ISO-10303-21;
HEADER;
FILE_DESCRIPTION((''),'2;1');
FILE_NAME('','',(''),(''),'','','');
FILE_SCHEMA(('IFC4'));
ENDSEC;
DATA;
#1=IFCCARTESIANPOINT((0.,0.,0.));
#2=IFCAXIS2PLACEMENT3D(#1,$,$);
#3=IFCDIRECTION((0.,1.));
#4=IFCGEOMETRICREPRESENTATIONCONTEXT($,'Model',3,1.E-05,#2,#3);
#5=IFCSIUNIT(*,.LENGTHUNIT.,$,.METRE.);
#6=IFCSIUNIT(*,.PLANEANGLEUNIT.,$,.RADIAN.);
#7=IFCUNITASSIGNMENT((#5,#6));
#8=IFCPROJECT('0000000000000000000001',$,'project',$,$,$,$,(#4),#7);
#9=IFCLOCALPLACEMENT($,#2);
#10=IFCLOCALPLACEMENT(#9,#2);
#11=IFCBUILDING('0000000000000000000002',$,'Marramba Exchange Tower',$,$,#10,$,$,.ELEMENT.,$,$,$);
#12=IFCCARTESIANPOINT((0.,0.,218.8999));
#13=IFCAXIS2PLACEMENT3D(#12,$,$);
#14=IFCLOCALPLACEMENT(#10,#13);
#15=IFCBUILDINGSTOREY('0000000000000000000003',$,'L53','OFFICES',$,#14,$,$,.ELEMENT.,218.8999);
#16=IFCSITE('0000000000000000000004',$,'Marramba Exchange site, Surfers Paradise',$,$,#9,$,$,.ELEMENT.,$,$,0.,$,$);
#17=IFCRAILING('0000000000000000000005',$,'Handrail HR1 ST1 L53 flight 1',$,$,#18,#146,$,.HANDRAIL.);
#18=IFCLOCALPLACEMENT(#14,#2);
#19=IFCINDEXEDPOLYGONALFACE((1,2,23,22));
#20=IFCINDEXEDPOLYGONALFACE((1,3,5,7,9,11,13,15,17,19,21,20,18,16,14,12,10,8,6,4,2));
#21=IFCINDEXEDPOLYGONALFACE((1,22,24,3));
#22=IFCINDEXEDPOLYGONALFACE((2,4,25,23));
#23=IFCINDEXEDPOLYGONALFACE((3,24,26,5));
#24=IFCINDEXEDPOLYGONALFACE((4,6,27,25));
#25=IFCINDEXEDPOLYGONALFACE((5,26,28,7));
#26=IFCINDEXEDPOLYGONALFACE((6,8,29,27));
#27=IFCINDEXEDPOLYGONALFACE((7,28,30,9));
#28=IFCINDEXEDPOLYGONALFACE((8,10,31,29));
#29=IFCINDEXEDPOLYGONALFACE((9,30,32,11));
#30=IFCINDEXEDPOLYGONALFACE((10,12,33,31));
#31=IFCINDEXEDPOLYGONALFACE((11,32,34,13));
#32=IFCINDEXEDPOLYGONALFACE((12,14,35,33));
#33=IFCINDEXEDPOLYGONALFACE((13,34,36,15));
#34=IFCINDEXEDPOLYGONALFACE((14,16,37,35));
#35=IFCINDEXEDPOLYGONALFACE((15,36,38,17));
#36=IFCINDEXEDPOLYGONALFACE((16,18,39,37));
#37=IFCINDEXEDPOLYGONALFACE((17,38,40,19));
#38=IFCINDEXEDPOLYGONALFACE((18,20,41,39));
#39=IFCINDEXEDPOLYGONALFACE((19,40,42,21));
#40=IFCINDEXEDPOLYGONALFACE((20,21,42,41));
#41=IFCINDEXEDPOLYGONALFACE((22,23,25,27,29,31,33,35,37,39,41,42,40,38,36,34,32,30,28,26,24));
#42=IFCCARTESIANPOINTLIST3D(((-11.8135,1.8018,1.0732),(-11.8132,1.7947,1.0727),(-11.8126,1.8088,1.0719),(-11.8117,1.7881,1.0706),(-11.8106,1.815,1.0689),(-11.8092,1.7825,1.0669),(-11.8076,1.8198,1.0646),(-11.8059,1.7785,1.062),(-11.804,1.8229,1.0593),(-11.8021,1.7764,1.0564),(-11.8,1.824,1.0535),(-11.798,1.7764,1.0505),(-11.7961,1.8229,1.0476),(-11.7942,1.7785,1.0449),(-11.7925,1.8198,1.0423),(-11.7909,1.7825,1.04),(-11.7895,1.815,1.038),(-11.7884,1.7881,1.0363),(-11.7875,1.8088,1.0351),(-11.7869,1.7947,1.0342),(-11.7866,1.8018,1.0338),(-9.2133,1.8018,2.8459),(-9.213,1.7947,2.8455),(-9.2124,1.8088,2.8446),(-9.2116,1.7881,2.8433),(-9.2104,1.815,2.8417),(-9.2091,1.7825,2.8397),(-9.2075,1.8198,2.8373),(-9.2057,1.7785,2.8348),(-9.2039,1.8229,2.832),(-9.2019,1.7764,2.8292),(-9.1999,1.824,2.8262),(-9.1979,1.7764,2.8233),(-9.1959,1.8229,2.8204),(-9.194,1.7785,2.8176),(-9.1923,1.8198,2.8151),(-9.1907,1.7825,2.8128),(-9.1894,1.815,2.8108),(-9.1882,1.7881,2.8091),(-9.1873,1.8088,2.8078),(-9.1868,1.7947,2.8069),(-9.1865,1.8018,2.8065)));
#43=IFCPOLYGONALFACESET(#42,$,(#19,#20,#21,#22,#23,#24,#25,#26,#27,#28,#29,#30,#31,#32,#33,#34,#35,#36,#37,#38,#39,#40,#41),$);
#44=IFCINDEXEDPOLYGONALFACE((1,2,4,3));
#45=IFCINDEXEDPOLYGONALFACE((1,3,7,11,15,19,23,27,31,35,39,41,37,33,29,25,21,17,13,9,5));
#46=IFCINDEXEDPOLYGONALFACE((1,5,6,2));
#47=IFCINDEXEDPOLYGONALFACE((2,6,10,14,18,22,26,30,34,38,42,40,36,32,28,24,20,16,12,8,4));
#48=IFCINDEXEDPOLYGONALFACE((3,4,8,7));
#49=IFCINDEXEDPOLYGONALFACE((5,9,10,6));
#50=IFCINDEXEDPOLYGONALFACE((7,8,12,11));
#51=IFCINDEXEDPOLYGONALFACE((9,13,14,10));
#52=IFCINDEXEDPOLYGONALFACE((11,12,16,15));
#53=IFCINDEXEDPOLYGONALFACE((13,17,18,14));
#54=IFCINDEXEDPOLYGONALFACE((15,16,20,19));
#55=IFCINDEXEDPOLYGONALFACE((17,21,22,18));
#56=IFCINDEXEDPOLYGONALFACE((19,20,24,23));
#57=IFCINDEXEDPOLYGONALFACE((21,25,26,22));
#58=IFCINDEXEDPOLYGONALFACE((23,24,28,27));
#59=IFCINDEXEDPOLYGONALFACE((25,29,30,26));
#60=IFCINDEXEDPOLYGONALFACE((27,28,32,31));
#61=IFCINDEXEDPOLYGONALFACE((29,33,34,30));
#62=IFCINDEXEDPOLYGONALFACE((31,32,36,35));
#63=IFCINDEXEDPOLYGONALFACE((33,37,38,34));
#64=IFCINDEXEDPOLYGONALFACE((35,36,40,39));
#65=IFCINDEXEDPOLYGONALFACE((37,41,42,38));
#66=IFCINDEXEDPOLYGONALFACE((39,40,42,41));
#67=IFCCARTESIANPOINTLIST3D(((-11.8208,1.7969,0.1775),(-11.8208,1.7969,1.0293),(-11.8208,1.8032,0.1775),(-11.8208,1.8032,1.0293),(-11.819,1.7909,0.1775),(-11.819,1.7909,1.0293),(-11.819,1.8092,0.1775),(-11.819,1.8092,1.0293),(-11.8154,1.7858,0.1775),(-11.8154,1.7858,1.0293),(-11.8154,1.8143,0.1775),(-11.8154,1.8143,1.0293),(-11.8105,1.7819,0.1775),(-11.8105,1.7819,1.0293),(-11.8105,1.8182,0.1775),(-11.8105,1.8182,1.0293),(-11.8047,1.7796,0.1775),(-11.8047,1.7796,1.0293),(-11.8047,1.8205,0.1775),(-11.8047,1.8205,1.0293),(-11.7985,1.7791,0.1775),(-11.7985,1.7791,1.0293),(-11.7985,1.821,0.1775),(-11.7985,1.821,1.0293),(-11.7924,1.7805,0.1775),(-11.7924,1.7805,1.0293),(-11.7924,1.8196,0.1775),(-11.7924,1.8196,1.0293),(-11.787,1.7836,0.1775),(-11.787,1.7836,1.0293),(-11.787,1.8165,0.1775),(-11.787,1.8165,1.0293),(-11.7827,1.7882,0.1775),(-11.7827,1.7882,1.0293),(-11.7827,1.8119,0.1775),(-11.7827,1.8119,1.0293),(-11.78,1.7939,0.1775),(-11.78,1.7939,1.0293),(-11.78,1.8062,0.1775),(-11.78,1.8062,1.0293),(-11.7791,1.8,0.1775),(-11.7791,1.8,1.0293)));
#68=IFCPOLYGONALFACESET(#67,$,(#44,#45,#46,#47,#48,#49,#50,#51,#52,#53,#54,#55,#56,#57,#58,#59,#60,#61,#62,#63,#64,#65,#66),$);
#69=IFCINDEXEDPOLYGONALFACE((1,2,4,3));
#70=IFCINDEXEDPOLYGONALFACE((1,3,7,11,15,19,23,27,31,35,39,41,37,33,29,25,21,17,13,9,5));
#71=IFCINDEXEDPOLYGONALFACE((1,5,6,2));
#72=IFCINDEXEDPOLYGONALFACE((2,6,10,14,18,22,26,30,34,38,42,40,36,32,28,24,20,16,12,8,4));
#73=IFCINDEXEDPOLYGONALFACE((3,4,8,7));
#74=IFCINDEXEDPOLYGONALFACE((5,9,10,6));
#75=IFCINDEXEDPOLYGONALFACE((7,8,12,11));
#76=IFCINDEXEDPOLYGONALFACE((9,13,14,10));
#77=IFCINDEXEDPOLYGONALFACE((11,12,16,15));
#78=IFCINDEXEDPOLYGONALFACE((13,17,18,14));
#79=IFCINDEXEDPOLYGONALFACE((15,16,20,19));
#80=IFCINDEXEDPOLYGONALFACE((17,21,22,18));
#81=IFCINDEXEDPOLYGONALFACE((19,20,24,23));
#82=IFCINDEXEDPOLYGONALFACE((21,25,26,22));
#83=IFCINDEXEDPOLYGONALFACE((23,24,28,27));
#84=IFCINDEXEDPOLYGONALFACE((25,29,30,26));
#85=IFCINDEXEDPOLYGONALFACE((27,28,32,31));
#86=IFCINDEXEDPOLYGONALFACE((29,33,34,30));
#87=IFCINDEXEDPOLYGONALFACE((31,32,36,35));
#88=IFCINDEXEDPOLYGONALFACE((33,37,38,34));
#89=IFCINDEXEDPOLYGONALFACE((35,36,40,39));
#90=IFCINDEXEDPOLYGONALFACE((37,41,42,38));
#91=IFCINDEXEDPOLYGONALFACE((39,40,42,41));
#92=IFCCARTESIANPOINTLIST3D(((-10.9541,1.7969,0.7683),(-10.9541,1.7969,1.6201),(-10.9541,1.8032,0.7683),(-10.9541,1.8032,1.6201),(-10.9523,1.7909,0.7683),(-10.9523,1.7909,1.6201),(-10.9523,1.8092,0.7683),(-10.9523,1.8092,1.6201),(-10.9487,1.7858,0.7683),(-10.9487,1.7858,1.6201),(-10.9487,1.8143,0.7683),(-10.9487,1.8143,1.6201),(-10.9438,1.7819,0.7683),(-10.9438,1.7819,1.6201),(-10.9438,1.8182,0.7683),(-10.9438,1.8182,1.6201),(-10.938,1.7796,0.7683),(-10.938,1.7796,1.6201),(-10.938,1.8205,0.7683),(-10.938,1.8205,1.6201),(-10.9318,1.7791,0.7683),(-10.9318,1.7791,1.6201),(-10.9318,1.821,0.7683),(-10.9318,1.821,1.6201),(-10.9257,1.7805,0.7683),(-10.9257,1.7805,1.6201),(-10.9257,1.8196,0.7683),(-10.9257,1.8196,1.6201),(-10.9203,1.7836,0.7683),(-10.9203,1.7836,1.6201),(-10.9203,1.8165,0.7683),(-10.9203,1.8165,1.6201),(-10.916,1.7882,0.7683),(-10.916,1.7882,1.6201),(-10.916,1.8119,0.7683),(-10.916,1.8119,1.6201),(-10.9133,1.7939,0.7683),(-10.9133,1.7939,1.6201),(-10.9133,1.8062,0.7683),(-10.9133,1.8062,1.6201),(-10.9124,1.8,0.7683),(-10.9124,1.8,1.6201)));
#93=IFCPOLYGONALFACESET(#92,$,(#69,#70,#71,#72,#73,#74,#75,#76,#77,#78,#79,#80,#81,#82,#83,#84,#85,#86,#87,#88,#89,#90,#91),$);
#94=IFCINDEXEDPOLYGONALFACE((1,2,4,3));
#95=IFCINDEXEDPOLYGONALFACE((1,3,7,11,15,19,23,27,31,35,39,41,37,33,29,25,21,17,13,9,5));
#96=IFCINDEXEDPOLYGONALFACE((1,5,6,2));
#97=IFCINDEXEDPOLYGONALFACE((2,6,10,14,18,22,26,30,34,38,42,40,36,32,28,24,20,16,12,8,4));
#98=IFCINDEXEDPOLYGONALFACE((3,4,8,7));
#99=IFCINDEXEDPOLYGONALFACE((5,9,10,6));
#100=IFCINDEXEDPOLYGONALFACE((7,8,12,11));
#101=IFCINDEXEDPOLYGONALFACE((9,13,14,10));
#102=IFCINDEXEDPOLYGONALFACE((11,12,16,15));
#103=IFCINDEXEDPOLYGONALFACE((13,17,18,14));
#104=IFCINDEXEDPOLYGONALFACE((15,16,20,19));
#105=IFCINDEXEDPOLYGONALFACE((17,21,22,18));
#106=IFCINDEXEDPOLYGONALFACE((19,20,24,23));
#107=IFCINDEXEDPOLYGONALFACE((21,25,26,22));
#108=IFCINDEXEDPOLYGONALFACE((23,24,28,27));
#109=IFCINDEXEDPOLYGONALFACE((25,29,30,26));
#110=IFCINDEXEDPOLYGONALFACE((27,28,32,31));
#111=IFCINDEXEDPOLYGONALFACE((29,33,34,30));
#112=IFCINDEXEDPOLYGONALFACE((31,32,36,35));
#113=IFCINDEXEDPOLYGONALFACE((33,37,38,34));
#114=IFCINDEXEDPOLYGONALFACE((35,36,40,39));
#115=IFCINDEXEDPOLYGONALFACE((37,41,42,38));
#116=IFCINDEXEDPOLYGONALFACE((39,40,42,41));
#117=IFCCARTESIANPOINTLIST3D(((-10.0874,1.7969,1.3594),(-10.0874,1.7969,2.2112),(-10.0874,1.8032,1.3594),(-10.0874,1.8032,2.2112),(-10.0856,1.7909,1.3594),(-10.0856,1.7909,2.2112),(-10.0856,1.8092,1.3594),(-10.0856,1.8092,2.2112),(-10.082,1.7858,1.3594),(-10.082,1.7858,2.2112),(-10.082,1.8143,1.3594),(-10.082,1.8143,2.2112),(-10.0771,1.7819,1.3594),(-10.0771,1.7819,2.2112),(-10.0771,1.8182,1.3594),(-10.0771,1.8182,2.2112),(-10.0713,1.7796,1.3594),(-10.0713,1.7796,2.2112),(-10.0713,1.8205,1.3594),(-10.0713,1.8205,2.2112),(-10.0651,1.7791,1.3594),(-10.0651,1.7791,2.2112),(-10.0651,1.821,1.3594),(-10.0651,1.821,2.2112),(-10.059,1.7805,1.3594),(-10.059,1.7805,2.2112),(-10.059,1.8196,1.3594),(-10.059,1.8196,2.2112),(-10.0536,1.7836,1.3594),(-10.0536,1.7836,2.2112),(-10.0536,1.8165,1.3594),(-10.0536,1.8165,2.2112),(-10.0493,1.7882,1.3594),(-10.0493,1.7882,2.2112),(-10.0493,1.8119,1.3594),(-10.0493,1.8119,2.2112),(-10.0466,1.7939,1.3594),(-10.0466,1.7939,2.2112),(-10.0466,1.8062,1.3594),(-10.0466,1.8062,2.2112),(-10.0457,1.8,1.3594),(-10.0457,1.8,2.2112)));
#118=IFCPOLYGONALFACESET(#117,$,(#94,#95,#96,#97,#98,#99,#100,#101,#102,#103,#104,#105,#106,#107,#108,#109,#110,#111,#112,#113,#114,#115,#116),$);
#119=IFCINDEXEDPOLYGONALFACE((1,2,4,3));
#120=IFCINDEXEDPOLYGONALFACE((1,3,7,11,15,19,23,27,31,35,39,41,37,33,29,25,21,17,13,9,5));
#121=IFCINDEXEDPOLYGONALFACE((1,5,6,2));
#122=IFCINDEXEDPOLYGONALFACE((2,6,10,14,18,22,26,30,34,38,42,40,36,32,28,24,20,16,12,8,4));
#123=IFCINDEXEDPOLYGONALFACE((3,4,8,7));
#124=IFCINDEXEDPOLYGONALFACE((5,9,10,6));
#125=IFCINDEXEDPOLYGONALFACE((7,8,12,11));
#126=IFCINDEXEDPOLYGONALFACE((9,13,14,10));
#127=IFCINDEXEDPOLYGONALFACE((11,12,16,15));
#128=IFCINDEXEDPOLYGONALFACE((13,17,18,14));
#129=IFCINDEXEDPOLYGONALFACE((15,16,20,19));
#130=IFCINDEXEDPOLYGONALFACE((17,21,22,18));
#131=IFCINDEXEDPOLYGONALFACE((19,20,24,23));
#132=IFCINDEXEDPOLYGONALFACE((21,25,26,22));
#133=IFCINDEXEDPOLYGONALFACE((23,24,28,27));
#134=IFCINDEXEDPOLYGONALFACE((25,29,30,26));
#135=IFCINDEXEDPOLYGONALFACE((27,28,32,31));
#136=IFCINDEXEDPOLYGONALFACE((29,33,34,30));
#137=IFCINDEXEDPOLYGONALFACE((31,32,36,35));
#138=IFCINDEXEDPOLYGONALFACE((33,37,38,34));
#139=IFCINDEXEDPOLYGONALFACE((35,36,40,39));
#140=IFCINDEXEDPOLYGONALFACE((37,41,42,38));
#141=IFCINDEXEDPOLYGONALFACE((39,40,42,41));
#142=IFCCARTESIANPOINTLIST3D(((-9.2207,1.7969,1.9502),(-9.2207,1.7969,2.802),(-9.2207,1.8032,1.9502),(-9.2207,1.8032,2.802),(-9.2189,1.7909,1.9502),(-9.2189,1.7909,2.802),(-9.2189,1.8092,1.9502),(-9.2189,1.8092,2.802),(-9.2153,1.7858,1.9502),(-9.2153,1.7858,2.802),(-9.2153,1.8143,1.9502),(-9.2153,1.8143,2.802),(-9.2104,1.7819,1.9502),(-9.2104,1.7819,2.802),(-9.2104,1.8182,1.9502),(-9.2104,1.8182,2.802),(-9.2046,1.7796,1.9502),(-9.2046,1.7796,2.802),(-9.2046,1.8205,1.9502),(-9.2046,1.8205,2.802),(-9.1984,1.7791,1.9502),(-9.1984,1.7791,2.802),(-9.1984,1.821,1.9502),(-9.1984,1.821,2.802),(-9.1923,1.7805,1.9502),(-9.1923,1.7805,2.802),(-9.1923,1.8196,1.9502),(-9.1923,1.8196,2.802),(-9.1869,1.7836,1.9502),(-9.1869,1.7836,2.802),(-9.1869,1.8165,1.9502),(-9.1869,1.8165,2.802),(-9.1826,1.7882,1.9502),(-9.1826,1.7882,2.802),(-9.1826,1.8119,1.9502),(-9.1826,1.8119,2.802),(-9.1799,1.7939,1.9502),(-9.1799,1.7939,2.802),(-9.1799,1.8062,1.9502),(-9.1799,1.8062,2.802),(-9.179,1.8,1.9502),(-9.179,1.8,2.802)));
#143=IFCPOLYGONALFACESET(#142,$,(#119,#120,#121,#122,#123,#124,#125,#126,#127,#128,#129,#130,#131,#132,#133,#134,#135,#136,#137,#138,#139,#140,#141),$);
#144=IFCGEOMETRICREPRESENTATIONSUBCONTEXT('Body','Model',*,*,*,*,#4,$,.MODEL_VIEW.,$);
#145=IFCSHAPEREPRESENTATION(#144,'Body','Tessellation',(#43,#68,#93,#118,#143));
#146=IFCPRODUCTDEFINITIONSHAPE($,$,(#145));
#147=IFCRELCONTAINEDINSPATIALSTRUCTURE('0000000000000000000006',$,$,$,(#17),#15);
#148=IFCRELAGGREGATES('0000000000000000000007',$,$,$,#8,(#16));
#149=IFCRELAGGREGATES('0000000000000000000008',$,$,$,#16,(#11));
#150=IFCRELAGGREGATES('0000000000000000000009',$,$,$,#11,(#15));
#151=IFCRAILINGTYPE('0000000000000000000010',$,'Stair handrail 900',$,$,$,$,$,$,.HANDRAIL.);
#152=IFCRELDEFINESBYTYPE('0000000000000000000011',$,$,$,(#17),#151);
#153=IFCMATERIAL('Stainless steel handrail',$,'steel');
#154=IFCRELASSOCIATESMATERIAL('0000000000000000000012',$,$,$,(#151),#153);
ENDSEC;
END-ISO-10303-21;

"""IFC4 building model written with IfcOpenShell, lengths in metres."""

from ifc_helpers import new_model, si_unit, direction, frame, origin, origin_2d, place, context, subcontext, project, spatial, circle, extrude, material, type_object, element, save


model = new_model("IFC4")

# Units and contexts
model_context = context("Model", 3, precision=1e-05, world=origin(), true_north=direction((0.0, 1.0)))
body_context = subcontext(model_context, "Body", "Model", "MODEL_VIEW")
ifc_project = project(units=[si_unit("LENGTHUNIT", "METRE"), si_unit("PLANEANGLEUNIT", "RADIAN")], contexts=[model_context])

# Site, building, storey
site_placement = place(None, origin())
site = spatial("IfcSite", under=ifc_project, at=site_placement, Name="Marramba Exchange site, Surfers Paradise", CompositionType="ELEMENT", RefElevation=0.0)
building_placement = place(site_placement, origin())
building = spatial("IfcBuilding", under=site, at=building_placement, Name="Marramba Exchange Tower", CompositionType="ELEMENT")
storey_placement = place(building_placement, frame((0.0, 0.0, 218.8999)))
storey = spatial("IfcBuildingStorey", under=building, at=storey_placement, Name="L53", Description="OFFICES", CompositionType="ELEMENT", Elevation=218.8999)

# Railing
ifc_material_1 = material(Name="Stainless steel handrail", Category="steel")
railing_type = type_object("IfcRailingType", Name="Stair handrail 900", PredefinedType="HANDRAIL", material=ifc_material_1)
railing_placement = place(storey_placement, frame((-11.8, 1.8, 0.1775)))
element("IfcRailing", 1, at=railing_placement, inside=storey, type_object=railing_type, Name="Handrail HR1 ST1 L53 flight 1", PredefinedType="HANDRAIL", context=body_context, shape_type="SweptSolid", body=[
    extrude(circle(Radius=0.0239, at=origin_2d()), frame((0.0, 0.0, 0.876), z_axis=(0.82624, 0.0, 0.563318), x_axis=(0.0, 1.0, 0.0)), (0.0, 0.0, 1.0), 3.147),
    extrude(circle(Radius=0.021, at=origin_2d()), origin(), (0.0, 0.0, 1.0), 0.8518),
    extrude(circle(Radius=0.021, at=origin_2d()), frame((0.8667, 0.0, 0.5908)), (0.0, 0.0, 1.0), 0.8518),
    extrude(circle(Radius=0.021, at=origin_2d()), frame((1.7334, 0.0, 1.1819)), (0.0, 0.0, 1.0), 0.8518),
    extrude(circle(Radius=0.021, at=origin_2d()), frame((2.6001, 0.0, 1.7727)), (0.0, 0.0, 1.0), 0.8518),
])

save(model, "model.ifc")
